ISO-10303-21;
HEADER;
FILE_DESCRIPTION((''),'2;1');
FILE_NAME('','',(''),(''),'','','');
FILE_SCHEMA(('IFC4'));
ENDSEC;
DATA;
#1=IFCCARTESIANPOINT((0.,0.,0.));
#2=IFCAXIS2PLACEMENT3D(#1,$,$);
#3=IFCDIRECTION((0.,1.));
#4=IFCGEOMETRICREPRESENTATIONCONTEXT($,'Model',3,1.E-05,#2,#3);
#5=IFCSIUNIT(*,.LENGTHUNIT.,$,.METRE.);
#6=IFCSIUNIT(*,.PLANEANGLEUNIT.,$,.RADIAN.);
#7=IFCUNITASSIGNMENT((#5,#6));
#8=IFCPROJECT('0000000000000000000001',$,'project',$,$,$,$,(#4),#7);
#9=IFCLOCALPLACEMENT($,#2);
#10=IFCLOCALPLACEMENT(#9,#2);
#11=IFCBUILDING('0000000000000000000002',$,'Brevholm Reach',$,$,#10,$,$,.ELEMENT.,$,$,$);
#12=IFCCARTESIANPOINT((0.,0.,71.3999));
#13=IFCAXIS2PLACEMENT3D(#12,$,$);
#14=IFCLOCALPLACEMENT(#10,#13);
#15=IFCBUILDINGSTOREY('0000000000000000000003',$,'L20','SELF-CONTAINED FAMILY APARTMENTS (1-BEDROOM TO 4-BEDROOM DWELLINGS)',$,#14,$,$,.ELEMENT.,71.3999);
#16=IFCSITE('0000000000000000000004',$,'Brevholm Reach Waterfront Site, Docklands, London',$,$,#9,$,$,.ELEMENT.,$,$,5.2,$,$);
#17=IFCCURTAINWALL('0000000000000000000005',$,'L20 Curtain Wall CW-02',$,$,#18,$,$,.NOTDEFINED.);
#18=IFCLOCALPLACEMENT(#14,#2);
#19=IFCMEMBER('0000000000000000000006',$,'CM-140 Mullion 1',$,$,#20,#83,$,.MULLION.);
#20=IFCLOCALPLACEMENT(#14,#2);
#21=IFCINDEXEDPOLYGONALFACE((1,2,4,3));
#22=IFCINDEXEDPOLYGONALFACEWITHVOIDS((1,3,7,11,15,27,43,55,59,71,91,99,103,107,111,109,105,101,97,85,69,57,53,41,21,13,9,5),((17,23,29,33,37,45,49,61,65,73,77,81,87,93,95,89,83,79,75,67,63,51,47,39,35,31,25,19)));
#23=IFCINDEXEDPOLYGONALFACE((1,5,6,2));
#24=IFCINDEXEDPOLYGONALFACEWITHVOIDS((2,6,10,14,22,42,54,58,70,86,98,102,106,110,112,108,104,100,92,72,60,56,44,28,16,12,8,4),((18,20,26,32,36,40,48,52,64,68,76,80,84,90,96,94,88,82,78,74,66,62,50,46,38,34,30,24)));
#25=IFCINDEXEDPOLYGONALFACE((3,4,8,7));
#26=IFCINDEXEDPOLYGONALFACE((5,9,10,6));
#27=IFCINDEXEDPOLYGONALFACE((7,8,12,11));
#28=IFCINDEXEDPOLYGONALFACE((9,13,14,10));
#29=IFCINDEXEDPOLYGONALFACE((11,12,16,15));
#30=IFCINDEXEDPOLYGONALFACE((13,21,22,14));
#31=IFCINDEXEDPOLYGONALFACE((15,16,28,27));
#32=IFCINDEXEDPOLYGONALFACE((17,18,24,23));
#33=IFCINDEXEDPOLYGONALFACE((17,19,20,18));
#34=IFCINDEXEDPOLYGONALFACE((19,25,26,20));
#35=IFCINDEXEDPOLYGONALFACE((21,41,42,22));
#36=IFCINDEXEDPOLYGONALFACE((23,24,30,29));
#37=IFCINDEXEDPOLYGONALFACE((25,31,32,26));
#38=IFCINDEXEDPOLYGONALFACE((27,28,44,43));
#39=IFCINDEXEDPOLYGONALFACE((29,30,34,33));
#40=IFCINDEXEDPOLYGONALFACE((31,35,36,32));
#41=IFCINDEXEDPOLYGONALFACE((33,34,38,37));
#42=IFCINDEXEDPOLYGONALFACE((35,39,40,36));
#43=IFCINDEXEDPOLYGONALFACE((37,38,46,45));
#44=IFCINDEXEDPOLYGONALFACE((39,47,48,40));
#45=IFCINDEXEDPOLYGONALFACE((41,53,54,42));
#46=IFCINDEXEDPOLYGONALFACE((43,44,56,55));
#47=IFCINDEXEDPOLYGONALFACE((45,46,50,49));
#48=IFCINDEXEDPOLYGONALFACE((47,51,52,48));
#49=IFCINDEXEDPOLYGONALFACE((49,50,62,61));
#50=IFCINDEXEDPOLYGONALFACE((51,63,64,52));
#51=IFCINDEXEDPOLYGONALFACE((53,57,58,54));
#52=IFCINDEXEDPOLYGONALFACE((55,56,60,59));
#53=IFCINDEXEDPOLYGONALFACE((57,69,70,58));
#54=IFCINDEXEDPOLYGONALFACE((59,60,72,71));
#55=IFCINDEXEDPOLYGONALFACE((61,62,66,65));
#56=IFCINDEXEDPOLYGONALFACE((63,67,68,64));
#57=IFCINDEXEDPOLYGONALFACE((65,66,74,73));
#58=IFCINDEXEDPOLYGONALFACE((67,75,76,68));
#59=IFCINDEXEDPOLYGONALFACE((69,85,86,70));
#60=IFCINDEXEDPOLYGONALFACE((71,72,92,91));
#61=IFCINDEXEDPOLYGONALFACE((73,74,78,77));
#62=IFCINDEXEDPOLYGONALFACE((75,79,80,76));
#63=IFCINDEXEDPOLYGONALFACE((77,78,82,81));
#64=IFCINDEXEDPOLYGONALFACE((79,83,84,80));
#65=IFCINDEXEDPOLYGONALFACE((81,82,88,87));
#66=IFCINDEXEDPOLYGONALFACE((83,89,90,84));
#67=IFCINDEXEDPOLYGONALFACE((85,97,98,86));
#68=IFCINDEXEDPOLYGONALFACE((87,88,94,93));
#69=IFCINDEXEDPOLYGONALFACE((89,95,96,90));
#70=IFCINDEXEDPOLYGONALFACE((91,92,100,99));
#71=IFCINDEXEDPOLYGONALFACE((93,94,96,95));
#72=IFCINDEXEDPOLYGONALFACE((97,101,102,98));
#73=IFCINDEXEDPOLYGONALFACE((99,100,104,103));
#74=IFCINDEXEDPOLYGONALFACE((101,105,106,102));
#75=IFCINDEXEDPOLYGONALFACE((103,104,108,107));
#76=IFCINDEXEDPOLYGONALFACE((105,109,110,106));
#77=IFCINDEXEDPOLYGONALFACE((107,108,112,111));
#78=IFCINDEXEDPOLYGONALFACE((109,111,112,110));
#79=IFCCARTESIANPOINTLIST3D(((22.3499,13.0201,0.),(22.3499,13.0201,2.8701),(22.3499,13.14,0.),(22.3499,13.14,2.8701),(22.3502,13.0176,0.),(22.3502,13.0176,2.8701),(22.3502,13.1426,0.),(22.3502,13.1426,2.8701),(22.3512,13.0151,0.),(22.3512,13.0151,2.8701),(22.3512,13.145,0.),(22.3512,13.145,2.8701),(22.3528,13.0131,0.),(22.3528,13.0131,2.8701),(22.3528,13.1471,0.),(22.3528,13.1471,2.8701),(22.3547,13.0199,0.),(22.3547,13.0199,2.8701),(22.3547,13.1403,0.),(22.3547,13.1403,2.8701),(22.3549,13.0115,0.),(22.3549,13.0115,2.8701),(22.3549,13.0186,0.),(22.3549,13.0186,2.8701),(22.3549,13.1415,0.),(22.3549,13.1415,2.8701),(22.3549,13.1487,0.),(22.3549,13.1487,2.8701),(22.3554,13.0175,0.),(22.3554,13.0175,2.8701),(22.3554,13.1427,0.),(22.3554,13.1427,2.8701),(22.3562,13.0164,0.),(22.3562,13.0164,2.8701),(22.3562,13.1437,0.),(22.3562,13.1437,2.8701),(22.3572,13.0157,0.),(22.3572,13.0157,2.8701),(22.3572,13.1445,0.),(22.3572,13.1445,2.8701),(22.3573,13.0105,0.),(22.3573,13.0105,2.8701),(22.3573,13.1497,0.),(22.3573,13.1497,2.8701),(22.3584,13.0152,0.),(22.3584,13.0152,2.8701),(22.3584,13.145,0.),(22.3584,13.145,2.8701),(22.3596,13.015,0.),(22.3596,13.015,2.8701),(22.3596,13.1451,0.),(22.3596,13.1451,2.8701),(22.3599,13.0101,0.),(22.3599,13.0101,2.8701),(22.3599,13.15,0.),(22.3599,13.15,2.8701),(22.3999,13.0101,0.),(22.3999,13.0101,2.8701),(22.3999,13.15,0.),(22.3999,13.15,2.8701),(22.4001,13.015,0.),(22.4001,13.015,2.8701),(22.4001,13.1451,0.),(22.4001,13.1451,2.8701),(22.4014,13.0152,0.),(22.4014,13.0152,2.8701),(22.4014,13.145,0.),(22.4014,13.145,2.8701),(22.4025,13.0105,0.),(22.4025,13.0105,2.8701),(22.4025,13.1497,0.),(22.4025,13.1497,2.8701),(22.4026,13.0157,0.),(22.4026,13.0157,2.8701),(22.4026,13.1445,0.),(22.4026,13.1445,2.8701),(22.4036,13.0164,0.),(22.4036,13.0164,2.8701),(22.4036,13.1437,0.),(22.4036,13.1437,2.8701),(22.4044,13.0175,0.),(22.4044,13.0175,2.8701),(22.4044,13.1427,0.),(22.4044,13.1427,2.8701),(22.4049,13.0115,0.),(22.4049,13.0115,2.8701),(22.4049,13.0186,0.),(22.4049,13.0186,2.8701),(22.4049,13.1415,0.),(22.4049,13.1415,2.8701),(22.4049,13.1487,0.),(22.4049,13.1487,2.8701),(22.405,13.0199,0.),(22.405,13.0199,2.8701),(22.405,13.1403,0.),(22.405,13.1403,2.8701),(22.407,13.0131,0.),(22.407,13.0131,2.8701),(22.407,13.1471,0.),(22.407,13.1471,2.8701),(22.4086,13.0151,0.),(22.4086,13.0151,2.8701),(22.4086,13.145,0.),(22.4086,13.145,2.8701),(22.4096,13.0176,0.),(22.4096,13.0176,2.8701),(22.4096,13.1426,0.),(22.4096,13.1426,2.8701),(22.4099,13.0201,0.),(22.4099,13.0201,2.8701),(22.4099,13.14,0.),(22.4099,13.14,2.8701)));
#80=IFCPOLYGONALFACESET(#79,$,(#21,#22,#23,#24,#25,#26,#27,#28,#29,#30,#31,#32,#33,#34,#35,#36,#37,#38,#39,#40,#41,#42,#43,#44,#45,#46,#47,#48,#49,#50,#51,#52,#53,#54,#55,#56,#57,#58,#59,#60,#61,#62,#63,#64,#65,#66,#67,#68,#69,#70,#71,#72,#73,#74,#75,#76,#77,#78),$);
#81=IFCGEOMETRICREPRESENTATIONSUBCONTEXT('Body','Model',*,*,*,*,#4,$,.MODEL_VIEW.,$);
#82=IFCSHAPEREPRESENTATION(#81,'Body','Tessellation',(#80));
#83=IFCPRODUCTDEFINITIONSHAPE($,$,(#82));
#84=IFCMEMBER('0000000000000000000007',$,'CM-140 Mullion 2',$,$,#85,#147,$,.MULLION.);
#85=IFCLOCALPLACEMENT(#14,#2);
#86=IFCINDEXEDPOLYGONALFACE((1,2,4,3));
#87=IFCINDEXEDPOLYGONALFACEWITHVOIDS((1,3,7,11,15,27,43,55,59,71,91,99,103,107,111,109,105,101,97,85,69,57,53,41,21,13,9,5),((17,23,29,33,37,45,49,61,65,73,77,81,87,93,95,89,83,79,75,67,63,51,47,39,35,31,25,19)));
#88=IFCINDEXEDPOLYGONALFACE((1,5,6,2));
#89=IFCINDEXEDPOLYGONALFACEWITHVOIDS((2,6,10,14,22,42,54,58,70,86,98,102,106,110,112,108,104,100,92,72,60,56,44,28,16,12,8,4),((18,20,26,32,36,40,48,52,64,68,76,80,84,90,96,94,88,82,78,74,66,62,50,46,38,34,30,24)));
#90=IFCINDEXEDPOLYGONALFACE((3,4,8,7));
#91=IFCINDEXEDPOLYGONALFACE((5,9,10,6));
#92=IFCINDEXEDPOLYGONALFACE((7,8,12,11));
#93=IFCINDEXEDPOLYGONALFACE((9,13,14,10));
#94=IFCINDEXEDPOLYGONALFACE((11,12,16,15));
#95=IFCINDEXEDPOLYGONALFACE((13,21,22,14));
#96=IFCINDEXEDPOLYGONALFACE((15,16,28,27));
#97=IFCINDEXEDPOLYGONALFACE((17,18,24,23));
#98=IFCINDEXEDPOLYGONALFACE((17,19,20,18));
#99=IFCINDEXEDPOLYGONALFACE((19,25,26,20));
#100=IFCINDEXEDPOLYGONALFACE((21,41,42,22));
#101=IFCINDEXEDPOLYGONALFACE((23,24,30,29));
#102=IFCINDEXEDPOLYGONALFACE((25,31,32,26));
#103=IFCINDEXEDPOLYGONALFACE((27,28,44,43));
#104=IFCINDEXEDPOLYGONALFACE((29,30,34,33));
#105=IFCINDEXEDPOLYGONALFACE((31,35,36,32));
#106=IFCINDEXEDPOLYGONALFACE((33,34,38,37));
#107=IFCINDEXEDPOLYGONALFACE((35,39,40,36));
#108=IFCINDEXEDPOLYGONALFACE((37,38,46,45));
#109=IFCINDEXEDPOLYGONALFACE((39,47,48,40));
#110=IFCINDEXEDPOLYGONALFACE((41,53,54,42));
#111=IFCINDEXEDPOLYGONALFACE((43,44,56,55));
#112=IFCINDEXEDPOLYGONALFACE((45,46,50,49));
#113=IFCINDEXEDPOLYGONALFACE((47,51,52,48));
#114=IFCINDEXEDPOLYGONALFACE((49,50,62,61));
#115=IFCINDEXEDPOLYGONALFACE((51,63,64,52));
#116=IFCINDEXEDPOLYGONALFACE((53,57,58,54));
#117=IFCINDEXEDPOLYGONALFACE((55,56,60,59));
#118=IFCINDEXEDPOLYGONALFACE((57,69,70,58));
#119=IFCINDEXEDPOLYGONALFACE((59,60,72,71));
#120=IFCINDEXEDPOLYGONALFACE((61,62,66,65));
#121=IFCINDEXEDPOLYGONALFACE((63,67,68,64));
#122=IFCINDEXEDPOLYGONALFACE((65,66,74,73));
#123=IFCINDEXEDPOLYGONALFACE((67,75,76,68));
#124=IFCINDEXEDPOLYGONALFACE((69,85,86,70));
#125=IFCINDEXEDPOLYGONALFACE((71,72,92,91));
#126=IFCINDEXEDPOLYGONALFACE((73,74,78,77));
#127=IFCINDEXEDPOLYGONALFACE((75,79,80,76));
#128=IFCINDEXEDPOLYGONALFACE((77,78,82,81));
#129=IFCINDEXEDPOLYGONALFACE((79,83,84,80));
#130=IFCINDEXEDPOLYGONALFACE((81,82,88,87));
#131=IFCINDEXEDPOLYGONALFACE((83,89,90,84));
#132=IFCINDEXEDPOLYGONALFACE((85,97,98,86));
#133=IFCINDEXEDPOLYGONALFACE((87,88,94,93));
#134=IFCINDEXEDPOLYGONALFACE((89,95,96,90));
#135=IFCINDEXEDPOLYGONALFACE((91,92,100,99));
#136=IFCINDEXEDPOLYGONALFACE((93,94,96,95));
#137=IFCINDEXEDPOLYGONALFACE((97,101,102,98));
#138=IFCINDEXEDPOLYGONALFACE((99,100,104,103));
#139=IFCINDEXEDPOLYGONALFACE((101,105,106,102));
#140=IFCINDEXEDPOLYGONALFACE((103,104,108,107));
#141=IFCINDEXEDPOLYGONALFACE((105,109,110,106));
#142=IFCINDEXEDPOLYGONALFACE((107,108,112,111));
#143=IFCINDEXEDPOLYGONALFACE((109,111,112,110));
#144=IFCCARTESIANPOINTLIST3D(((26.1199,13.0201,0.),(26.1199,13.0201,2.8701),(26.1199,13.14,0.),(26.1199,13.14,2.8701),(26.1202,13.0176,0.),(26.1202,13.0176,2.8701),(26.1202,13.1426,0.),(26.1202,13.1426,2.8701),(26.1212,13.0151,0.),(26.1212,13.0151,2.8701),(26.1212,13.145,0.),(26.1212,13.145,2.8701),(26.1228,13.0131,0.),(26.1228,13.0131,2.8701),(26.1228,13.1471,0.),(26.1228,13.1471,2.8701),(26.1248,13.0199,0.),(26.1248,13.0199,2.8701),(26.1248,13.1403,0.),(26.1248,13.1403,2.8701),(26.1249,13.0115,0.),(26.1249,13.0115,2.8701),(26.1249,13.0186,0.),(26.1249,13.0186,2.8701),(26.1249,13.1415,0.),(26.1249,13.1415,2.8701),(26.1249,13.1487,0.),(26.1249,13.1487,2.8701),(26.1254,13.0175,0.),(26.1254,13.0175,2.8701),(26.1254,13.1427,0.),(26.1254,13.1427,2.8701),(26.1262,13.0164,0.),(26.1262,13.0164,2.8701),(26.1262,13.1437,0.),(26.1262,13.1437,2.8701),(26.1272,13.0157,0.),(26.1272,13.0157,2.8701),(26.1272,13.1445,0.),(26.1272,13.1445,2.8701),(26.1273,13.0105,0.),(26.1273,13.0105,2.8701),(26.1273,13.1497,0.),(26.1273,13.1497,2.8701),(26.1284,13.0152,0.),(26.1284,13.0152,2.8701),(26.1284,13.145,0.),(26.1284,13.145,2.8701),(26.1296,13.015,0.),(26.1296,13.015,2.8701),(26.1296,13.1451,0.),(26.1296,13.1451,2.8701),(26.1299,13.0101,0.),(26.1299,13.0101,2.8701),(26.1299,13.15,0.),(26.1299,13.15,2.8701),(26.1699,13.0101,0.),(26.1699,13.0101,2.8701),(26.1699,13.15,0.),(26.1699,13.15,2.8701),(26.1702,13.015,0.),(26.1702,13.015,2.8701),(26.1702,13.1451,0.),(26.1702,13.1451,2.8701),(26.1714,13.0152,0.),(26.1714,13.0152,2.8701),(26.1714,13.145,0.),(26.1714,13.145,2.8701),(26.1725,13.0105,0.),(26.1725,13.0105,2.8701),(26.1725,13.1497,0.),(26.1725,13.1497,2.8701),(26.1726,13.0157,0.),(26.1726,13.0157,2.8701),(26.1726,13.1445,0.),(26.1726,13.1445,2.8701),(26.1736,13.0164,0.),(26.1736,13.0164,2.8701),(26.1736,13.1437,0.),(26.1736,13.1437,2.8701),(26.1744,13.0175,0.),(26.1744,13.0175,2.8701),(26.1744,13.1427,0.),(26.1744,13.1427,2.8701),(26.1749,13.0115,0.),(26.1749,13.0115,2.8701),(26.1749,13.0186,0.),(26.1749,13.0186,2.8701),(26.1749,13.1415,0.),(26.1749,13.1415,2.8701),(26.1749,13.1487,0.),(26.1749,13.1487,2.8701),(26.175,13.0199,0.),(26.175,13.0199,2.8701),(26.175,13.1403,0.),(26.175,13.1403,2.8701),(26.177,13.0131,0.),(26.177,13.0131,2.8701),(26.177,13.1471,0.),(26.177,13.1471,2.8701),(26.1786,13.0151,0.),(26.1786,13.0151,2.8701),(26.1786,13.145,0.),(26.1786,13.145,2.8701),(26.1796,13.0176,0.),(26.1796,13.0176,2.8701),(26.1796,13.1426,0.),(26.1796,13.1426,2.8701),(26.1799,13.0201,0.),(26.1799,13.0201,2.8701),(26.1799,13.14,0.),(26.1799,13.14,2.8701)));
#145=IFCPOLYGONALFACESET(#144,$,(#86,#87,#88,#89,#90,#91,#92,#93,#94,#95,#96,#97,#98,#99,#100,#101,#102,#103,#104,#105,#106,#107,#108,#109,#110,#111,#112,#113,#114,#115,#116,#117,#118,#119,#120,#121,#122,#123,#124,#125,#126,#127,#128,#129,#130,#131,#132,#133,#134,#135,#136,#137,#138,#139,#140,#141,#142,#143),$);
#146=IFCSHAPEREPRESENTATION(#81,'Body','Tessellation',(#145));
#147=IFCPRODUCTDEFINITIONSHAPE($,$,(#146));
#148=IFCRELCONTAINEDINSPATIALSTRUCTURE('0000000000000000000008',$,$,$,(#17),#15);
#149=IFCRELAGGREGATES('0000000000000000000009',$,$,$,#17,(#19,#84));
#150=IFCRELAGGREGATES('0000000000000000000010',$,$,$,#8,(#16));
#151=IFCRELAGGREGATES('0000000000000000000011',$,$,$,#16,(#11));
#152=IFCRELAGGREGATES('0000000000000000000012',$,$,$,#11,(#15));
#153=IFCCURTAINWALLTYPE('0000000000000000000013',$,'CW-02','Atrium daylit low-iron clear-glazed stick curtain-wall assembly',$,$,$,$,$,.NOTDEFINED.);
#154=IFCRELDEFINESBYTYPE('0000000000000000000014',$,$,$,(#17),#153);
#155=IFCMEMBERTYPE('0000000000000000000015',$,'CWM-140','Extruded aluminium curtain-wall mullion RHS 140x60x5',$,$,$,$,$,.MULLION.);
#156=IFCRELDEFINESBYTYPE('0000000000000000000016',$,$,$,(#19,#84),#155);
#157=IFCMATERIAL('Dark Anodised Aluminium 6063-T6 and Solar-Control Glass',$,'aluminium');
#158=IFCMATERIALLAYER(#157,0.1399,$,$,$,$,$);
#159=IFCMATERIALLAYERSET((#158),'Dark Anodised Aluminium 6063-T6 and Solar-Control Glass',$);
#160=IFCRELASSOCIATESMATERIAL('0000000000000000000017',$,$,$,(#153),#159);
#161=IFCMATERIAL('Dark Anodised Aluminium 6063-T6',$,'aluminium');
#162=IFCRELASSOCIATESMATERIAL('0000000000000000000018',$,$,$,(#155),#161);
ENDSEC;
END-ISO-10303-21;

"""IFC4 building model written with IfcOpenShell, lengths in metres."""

from ifc_helpers import new_model, si_unit, direction, frame, origin, origin_2d, place, context, subcontext, project, spatial, hollow_rectangle, extrude, material, layer, layer_set, material_profile, profile_set, type_object, element, aggregate, save


model = new_model("IFC4")

# Units and contexts
model_context = context("Model", 3, precision=1e-05, world=origin(), true_north=direction((0.0, 1.0)))
body_context = subcontext(model_context, "Body", "Model", "MODEL_VIEW")
ifc_project = project(units=[si_unit("LENGTHUNIT", "METRE"), si_unit("PLANEANGLEUNIT", "RADIAN")], contexts=[model_context])

# Site, building, storey
site_placement = place(None, origin())
site = spatial("IfcSite", under=ifc_project, at=site_placement, Name="Brevholm Reach Waterfront Site, Docklands, London", CompositionType="ELEMENT", RefElevation=5.2)
building_placement = place(site_placement, origin())
building = spatial("IfcBuilding", under=site, at=building_placement, Name="Brevholm Reach", CompositionType="ELEMENT")
storey_placement = place(building_placement, frame((0.0, 0.0, 71.3999)))
storey = spatial("IfcBuildingStorey", under=building, at=storey_placement, Name="L20", Description="SELF-CONTAINED FAMILY APARTMENTS (1-BEDROOM TO 4-BEDROOM DWELLINGS)", CompositionType="ELEMENT", Elevation=71.3999)

# Curtain wall, members
ifc_material_1 = material(Name="Dark Anodised Aluminium 6063-T6 and Solar-Control Glass", Category="aluminium")
ifc_layer_1 = layer(ifc_material_1, 0.1399)
ifc_layer_set_1 = layer_set([ifc_layer_1], Name="Dark Anodised Aluminium 6063-T6 and Solar-Control Glass")
curtain_wall_type = type_object("IfcCurtainWallType", Name="CW-02", Description="Atrium daylit low-iron clear-glazed stick curtain-wall assembly", PredefinedType="NOTDEFINED", material=ifc_layer_set_1)
curtain_wall_placement = place(storey_placement, origin())
curtain_wall = element("IfcCurtainWall", 1, at=curtain_wall_placement, inside=storey, type_object=curtain_wall_type, Name="L20 Curtain Wall CW-02", PredefinedType="NOTDEFINED")
ifc_material_2 = material(Name="Dark Anodised Aluminium 6063-T6", Category="aluminium")
ifc_material_profile_1 = material_profile(ifc_material_2, hollow_rectangle(XDim=0.0601, YDim=0.1399, WallThickness=0.0049, InnerFilletRadius=0.0049, OuterFilletRadius=0.01, at=origin_2d()), Name="RHS 140x60x5")
ifc_profile_set_1 = profile_set([ifc_material_profile_1], Name="Dark Anodised Aluminium 6063-T6")
member_type_1 = type_object("IfcMemberType", Name="CWM-140", Description="Extruded aluminium curtain-wall mullion RHS 140x60x5", PredefinedType="MULLION", material=ifc_profile_set_1)
member_1_placement = place(storey_placement, frame((22.3799, 13.0801, 0.0), z_axis=(0.0, 0.0, 1.0), x_axis=(1.0, 0.0, 0.0)))
member_1 = element("IfcMember", 2, at=member_1_placement, type_object=member_type_1, Name="CM-140 Mullion 1", PredefinedType="MULLION", context=body_context, shape_type="SweptSolid", body=[
    extrude(hollow_rectangle(XDim=0.0601, YDim=0.1399, WallThickness=0.0049, InnerFilletRadius=0.0049, OuterFilletRadius=0.01, at=origin_2d()), origin(), (0.0, 0.0, 1.0), 2.8701),
])
member_2_placement = place(storey_placement, frame((26.1499, 13.0801, 0.0), z_axis=(0.0, 0.0, 1.0), x_axis=(1.0, 0.0, 0.0)))
member_2 = element("IfcMember", 3, at=member_2_placement, type_object=member_type_1, Name="CM-140 Mullion 2", PredefinedType="MULLION", context=body_context, shape_type="SweptSolid", body=[
    extrude(hollow_rectangle(XDim=0.0601, YDim=0.1399, WallThickness=0.0049, InnerFilletRadius=0.0049, OuterFilletRadius=0.01, at=origin_2d()), origin(), (0.0, 0.0, 1.0), 2.8701),
])
aggregate(curtain_wall, [member_1, member_2])

save(model, "model.ifc")
